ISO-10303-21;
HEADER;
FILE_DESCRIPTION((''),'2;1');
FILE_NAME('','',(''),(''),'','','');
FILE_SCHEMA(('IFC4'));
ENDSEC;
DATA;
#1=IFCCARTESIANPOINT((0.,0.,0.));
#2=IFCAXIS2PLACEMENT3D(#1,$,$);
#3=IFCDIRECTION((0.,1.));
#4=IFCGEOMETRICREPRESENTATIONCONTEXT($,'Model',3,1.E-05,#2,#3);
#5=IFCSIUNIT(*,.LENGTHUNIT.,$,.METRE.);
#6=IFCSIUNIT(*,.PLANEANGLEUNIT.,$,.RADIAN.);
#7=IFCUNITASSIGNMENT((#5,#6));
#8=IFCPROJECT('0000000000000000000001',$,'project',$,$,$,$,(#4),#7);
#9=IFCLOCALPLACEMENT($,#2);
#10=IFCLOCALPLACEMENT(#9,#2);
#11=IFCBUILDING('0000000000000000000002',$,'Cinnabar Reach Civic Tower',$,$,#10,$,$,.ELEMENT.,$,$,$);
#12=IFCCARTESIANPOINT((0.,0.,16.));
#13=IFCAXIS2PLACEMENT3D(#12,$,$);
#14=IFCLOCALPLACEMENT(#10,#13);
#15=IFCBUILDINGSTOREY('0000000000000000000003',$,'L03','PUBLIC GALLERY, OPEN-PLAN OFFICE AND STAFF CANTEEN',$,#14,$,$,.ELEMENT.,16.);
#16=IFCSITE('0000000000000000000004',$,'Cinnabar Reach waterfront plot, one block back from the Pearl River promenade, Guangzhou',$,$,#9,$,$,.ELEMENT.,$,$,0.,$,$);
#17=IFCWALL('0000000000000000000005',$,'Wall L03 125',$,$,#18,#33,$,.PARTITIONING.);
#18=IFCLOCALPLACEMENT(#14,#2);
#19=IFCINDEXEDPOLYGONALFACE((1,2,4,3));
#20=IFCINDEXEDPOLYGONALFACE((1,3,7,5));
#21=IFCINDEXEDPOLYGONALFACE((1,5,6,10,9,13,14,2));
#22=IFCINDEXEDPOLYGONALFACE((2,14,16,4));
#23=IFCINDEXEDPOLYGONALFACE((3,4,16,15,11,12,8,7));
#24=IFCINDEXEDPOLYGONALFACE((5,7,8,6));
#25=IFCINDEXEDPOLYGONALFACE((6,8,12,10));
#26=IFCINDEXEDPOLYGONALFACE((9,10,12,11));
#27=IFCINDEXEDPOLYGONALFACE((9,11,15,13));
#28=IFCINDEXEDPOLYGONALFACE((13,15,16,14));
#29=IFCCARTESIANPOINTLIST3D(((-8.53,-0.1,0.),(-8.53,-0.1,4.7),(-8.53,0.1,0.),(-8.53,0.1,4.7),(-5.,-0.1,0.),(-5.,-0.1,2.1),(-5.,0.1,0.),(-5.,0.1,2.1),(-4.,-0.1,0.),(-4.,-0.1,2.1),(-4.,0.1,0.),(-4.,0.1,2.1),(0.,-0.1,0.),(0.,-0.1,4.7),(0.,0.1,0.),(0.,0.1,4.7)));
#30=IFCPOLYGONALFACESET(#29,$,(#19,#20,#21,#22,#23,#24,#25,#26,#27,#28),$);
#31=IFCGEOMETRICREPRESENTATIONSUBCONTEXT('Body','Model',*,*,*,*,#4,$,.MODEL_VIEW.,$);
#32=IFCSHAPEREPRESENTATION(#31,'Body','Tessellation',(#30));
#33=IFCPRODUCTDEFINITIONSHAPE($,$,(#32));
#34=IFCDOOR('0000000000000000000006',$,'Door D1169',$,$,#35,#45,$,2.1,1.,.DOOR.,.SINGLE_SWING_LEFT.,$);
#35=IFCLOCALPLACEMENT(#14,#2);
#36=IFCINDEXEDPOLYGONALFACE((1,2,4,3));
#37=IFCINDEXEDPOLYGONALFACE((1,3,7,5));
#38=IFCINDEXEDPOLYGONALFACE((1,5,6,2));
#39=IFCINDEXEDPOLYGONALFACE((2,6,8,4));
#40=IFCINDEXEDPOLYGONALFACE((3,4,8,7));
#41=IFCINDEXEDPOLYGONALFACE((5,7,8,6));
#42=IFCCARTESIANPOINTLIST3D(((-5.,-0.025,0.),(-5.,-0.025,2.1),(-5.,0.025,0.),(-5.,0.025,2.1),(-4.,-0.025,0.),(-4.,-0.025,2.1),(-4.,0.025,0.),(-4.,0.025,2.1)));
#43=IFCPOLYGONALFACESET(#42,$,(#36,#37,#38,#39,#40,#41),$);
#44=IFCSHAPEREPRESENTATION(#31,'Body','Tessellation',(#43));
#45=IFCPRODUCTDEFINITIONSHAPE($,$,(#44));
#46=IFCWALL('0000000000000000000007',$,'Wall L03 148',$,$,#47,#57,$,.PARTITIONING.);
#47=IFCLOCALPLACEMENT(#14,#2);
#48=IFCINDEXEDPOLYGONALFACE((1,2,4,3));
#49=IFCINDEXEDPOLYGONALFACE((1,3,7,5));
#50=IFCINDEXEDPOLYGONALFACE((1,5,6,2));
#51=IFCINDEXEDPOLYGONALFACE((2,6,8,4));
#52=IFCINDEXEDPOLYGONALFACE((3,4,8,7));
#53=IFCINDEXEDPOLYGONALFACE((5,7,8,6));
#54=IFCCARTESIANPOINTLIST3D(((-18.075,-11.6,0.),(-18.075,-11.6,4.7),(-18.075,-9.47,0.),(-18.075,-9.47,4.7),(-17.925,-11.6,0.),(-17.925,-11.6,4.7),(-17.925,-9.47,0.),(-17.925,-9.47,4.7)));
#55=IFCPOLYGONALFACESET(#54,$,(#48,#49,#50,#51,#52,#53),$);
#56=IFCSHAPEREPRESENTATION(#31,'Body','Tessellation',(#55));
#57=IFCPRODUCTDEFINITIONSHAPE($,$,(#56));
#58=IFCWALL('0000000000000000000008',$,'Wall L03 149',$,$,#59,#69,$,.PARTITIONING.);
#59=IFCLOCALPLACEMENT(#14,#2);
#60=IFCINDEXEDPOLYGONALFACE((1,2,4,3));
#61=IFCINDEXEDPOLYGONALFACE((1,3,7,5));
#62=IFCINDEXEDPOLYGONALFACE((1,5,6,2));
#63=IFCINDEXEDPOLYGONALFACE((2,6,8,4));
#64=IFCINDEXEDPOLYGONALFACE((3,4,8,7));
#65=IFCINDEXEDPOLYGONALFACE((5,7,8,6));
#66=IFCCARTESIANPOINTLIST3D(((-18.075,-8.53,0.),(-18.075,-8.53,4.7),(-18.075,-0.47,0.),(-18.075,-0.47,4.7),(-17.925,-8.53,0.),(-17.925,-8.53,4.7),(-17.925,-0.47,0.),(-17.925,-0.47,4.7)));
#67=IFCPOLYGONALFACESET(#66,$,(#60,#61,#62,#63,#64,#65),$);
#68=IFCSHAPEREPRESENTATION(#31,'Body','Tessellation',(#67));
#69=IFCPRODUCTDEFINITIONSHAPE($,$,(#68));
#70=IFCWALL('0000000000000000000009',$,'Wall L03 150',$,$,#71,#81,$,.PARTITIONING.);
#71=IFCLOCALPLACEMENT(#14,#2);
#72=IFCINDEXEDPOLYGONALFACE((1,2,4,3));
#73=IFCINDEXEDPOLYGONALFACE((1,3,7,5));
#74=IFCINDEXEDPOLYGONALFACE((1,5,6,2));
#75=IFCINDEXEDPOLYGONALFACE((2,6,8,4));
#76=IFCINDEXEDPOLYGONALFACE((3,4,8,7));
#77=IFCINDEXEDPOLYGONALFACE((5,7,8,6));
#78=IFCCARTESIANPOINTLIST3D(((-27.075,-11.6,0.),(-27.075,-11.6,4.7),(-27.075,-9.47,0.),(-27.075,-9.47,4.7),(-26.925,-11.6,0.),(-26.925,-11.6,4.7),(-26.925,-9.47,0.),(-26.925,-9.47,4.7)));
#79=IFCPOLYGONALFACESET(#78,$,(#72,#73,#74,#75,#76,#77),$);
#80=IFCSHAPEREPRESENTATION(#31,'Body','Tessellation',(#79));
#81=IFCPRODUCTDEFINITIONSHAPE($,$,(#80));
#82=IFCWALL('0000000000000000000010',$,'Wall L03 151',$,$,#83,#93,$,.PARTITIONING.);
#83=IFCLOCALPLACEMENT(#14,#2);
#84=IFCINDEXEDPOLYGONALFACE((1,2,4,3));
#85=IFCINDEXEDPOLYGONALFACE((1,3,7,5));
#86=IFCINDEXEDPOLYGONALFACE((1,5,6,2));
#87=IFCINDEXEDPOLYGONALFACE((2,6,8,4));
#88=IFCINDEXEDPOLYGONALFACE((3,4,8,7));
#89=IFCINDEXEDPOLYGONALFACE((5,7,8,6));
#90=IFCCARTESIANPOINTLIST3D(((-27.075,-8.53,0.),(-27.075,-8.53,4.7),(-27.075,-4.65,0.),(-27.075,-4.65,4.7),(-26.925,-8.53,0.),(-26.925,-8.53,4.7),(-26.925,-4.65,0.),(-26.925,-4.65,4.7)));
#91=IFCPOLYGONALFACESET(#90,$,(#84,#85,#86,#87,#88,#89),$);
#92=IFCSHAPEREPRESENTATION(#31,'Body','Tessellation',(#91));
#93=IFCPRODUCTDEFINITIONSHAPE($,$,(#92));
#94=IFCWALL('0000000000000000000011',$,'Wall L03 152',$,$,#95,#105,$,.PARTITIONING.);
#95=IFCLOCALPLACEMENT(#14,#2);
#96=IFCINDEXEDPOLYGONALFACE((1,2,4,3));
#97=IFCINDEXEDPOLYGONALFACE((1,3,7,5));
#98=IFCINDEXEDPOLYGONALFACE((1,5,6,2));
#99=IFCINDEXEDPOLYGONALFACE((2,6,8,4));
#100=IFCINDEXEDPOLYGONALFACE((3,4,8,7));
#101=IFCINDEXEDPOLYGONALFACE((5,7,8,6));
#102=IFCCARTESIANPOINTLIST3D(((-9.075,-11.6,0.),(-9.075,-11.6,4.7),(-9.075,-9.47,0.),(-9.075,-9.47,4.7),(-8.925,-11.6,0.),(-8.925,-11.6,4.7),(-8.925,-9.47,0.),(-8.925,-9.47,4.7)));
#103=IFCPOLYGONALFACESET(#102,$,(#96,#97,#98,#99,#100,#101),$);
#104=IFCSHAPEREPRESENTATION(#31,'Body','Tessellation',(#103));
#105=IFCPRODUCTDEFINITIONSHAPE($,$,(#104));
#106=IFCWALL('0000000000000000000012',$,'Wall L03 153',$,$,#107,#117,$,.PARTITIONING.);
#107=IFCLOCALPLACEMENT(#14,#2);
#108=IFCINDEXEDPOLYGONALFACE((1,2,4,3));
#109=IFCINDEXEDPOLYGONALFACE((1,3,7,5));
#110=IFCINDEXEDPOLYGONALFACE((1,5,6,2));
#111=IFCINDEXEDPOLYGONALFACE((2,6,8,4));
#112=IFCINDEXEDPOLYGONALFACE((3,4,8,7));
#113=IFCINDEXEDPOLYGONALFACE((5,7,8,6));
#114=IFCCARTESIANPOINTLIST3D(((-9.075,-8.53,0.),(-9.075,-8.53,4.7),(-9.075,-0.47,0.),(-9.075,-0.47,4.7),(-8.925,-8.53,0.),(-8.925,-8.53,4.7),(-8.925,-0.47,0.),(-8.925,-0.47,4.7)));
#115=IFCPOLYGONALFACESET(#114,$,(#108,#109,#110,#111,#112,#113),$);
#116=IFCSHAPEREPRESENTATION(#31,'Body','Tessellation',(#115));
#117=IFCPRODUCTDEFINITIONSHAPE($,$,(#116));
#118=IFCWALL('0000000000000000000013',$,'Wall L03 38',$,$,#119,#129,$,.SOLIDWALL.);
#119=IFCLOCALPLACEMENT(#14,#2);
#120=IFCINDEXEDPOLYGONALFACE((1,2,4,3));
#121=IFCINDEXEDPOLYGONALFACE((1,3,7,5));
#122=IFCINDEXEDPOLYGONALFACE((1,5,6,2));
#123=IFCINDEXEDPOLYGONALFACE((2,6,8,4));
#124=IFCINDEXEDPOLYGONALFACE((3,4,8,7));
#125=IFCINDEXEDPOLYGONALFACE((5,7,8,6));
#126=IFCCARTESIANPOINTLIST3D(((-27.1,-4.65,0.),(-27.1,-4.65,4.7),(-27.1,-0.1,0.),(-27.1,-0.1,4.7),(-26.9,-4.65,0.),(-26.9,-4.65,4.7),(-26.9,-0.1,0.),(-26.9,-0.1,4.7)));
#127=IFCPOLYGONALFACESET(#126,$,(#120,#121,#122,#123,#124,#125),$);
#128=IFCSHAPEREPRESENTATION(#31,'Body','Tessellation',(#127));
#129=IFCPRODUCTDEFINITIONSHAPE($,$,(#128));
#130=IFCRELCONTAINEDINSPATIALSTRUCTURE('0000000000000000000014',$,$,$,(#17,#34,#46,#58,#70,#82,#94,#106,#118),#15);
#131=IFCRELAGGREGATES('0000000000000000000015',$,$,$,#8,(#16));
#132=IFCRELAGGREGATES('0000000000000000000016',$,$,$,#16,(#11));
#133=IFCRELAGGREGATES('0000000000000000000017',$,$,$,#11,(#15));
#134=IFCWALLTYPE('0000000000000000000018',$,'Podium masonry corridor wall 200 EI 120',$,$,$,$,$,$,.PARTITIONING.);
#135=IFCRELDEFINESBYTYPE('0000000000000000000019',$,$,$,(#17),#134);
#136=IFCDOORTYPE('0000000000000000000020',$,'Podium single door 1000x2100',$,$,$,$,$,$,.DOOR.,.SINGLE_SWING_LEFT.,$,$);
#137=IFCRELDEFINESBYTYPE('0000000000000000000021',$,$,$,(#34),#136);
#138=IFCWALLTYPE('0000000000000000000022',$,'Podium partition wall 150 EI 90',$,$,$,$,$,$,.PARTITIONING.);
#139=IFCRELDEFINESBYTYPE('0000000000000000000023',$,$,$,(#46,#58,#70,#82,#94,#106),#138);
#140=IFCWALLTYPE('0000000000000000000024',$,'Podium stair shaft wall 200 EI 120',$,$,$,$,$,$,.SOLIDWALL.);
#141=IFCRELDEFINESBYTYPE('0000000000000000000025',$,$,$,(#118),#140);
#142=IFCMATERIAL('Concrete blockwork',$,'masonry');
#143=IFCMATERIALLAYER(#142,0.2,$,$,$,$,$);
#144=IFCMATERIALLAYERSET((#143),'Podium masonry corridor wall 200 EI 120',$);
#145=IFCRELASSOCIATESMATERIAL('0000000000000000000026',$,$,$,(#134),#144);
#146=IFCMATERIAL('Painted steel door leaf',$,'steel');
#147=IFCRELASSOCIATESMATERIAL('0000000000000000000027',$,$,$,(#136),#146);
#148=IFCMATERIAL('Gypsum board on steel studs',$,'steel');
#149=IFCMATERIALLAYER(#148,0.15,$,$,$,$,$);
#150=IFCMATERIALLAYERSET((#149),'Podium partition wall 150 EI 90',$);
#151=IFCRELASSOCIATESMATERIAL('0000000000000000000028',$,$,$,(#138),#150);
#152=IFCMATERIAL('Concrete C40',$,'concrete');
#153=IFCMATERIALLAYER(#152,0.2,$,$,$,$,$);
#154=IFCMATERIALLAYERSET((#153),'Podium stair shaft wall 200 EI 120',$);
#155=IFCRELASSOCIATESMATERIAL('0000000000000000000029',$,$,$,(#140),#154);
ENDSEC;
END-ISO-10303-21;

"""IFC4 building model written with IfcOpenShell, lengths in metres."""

from ifc_helpers import new_model, si_unit, direction, frame, frame_2d, origin, place, context, subcontext, project, spatial, rectangle, extrude, material, layer, layer_set, type_object, element, fill, save


model = new_model("IFC4")

# Units and contexts
model_context = context("Model", 3, precision=1e-05, world=origin(), true_north=direction((0.0, 1.0)))
body_context = subcontext(model_context, "Body", "Model", "MODEL_VIEW")
ifc_project = project(units=[si_unit("LENGTHUNIT", "METRE"), si_unit("PLANEANGLEUNIT", "RADIAN")], contexts=[model_context])

# Site, building, storey
site_placement = place(None, origin())
site = spatial("IfcSite", under=ifc_project, at=site_placement, Name="Cinnabar Reach waterfront plot, one block back from the Pearl River promenade, Guangzhou", CompositionType="ELEMENT", RefElevation=0.0)
building_placement = place(site_placement, origin())
building = spatial("IfcBuilding", under=site, at=building_placement, Name="Cinnabar Reach Civic Tower", CompositionType="ELEMENT")
storey_placement = place(building_placement, frame((0.0, 0.0, 16.0)))
storey = spatial("IfcBuildingStorey", under=building, at=storey_placement, Name="L03", Description="PUBLIC GALLERY, OPEN-PLAN OFFICE AND STAFF CANTEEN", CompositionType="ELEMENT", Elevation=16.0)

# Shared definitions
ifc_material_1 = material(Name="Concrete C40", Category="concrete")

# Wall, opening, door
ifc_material_2 = material(Name="Concrete blockwork", Category="masonry")
ifc_layer_1 = layer(ifc_material_2, 0.2)
ifc_layer_set_1 = layer_set([ifc_layer_1], Name="Podium masonry corridor wall 200 EI 120")
wall_type_1 = type_object("IfcWallType", Name="Podium masonry corridor wall 200 EI 120", PredefinedType="PARTITIONING", material=ifc_layer_set_1)
ifc_material_3 = material(Name="Painted steel door leaf", Category="steel")
door_type = type_object("IfcDoorType", Name="Podium single door 1000x2100", OperationType="SINGLE_SWING_LEFT", PredefinedType="DOOR", material=ifc_material_3)
wall_1_placement = place(storey_placement, frame((-8.53, 0.0, 0.0), z_axis=(0.0, 0.0, 1.0), x_axis=(1.0, 0.0, 0.0)))
wall_1 = element("IfcWall", 1, at=wall_1_placement, inside=storey, type_object=wall_type_1, Name="Wall L03 125", PredefinedType="PARTITIONING", context=body_context, shape_type="SweptSolid", body=[
    extrude(rectangle(XDim=8.53, YDim=0.2, at=frame_2d((4.265, 0.0))), origin(), (0.0, 0.0, 1.0), 4.7),
])
opening_1_placement = place(wall_1_placement, frame((3.53, 0.0, 0.0)))
opening_1 = element("IfcOpeningElement", 2, at=opening_1_placement, cuts=wall_1, PredefinedType="OPENING", context=body_context, shape_type="SweptSolid", body=[
    extrude(rectangle(XDim=1.0, YDim=2.1, at=frame_2d((0.5, 1.05))), frame((0.0, 0.11, 0.0), z_axis=(0.0, -1.0, 0.0), x_axis=(1.0, 0.0, 0.0)), (0.0, 0.0, 1.0), 0.22),
])
door_1_placement = place(opening_1_placement, frame((1.0, 0.0, 0.0), z_axis=(0.0, 0.0, 1.0), x_axis=(-1.0, 0.0, 0.0)))
door_1 = element("IfcDoor", 3, at=door_1_placement, inside=storey, type_object=door_type, Name="Door D1169", OperationType="SINGLE_SWING_LEFT", OverallHeight=2.1, OverallWidth=1.0, PredefinedType="DOOR", context=body_context, shape_type="SweptSolid", body=[
    extrude(rectangle(XDim=1.0, YDim=2.1, at=frame_2d((0.5, 1.05))), frame((0.0, 0.025, 0.0), z_axis=(0.0, -1.0, 0.0), x_axis=(1.0, 0.0, 0.0)), (0.0, 0.0, 1.0), 0.05),
])
fill(opening_1, door_1)

# Walls
ifc_material_4 = material(Name="Gypsum board on steel studs", Category="steel")
ifc_layer_2 = layer(ifc_material_4, 0.15)
ifc_layer_set_2 = layer_set([ifc_layer_2], Name="Podium partition wall 150 EI 90")
wall_type_2 = type_object("IfcWallType", Name="Podium partition wall 150 EI 90", PredefinedType="PARTITIONING", material=ifc_layer_set_2)
wall_2_placement = place(storey_placement, frame((-18.0, -11.6, 0.0), z_axis=(0.0, 0.0, 1.0), x_axis=(0.0, 1.0, 0.0)))
element("IfcWall", 4, at=wall_2_placement, inside=storey, type_object=wall_type_2, Name="Wall L03 148", PredefinedType="PARTITIONING", context=body_context, shape_type="SweptSolid", body=[
    extrude(rectangle(XDim=2.13, YDim=0.15, at=frame_2d((1.065, 0.0))), origin(), (0.0, 0.0, 1.0), 4.7),
])
wall_3_placement = place(storey_placement, frame((-18.0, -8.53, 0.0), z_axis=(0.0, 0.0, 1.0), x_axis=(0.0, 1.0, 0.0)))
element("IfcWall", 5, at=wall_3_placement, inside=storey, type_object=wall_type_2, Name="Wall L03 149", PredefinedType="PARTITIONING", context=body_context, shape_type="SweptSolid", body=[
    extrude(rectangle(XDim=8.06, YDim=0.15, at=frame_2d((4.03, 0.0))), origin(), (0.0, 0.0, 1.0), 4.7),
])
wall_4_placement = place(storey_placement, frame((-27.0, -11.6, 0.0), z_axis=(0.0, 0.0, 1.0), x_axis=(0.0, 1.0, 0.0)))
element("IfcWall", 6, at=wall_4_placement, inside=storey, type_object=wall_type_2, Name="Wall L03 150", PredefinedType="PARTITIONING", context=body_context, shape_type="SweptSolid", body=[
    extrude(rectangle(XDim=2.13, YDim=0.15, at=frame_2d((1.065, 0.0))), origin(), (0.0, 0.0, 1.0), 4.7),
])
wall_5_placement = place(storey_placement, frame((-27.0, -8.53, 0.0), z_axis=(0.0, 0.0, 1.0), x_axis=(0.0, 1.0, 0.0)))
element("IfcWall", 7, at=wall_5_placement, inside=storey, type_object=wall_type_2, Name="Wall L03 151", PredefinedType="PARTITIONING", context=body_context, shape_type="SweptSolid", body=[
    extrude(rectangle(XDim=3.88, YDim=0.15, at=frame_2d((1.94, 0.0))), origin(), (0.0, 0.0, 1.0), 4.7),
])
wall_6_placement = place(storey_placement, frame((-9.0, -11.6, 0.0), z_axis=(0.0, 0.0, 1.0), x_axis=(0.0, 1.0, 0.0)))
element("IfcWall", 8, at=wall_6_placement, inside=storey, type_object=wall_type_2, Name="Wall L03 152", PredefinedType="PARTITIONING", context=body_context, shape_type="SweptSolid", body=[
    extrude(rectangle(XDim=2.13, YDim=0.15, at=frame_2d((1.065, 0.0))), origin(), (0.0, 0.0, 1.0), 4.7),
])
wall_7_placement = place(storey_placement, frame((-9.0, -8.53, 0.0), z_axis=(0.0, 0.0, 1.0), x_axis=(0.0, 1.0, 0.0)))
element("IfcWall", 9, at=wall_7_placement, inside=storey, type_object=wall_type_2, Name="Wall L03 153", PredefinedType="PARTITIONING", context=body_context, shape_type="SweptSolid", body=[
    extrude(rectangle(XDim=8.06, YDim=0.15, at=frame_2d((4.03, 0.0))), origin(), (0.0, 0.0, 1.0), 4.7),
])
ifc_layer_3 = layer(ifc_material_1, 0.2)
ifc_layer_set_3 = layer_set([ifc_layer_3], Name="Podium stair shaft wall 200 EI 120")
wall_type_3 = type_object("IfcWallType", Name="Podium stair shaft wall 200 EI 120", PredefinedType="SOLIDWALL", material=ifc_layer_set_3)
wall_8_placement = place(storey_placement, frame((-27.0, -4.65, 0.0), z_axis=(0.0, 0.0, 1.0), x_axis=(0.0, 1.0, 0.0)))
element("IfcWall", 10, at=wall_8_placement, inside=storey, type_object=wall_type_3, Name="Wall L03 38", PredefinedType="SOLIDWALL", context=body_context, shape_type="SweptSolid", body=[
    extrude(rectangle(XDim=4.55, YDim=0.2, at=frame_2d((2.275, 0.0))), origin(), (0.0, 0.0, 1.0), 4.7),
])

save(model, "model.ifc")
